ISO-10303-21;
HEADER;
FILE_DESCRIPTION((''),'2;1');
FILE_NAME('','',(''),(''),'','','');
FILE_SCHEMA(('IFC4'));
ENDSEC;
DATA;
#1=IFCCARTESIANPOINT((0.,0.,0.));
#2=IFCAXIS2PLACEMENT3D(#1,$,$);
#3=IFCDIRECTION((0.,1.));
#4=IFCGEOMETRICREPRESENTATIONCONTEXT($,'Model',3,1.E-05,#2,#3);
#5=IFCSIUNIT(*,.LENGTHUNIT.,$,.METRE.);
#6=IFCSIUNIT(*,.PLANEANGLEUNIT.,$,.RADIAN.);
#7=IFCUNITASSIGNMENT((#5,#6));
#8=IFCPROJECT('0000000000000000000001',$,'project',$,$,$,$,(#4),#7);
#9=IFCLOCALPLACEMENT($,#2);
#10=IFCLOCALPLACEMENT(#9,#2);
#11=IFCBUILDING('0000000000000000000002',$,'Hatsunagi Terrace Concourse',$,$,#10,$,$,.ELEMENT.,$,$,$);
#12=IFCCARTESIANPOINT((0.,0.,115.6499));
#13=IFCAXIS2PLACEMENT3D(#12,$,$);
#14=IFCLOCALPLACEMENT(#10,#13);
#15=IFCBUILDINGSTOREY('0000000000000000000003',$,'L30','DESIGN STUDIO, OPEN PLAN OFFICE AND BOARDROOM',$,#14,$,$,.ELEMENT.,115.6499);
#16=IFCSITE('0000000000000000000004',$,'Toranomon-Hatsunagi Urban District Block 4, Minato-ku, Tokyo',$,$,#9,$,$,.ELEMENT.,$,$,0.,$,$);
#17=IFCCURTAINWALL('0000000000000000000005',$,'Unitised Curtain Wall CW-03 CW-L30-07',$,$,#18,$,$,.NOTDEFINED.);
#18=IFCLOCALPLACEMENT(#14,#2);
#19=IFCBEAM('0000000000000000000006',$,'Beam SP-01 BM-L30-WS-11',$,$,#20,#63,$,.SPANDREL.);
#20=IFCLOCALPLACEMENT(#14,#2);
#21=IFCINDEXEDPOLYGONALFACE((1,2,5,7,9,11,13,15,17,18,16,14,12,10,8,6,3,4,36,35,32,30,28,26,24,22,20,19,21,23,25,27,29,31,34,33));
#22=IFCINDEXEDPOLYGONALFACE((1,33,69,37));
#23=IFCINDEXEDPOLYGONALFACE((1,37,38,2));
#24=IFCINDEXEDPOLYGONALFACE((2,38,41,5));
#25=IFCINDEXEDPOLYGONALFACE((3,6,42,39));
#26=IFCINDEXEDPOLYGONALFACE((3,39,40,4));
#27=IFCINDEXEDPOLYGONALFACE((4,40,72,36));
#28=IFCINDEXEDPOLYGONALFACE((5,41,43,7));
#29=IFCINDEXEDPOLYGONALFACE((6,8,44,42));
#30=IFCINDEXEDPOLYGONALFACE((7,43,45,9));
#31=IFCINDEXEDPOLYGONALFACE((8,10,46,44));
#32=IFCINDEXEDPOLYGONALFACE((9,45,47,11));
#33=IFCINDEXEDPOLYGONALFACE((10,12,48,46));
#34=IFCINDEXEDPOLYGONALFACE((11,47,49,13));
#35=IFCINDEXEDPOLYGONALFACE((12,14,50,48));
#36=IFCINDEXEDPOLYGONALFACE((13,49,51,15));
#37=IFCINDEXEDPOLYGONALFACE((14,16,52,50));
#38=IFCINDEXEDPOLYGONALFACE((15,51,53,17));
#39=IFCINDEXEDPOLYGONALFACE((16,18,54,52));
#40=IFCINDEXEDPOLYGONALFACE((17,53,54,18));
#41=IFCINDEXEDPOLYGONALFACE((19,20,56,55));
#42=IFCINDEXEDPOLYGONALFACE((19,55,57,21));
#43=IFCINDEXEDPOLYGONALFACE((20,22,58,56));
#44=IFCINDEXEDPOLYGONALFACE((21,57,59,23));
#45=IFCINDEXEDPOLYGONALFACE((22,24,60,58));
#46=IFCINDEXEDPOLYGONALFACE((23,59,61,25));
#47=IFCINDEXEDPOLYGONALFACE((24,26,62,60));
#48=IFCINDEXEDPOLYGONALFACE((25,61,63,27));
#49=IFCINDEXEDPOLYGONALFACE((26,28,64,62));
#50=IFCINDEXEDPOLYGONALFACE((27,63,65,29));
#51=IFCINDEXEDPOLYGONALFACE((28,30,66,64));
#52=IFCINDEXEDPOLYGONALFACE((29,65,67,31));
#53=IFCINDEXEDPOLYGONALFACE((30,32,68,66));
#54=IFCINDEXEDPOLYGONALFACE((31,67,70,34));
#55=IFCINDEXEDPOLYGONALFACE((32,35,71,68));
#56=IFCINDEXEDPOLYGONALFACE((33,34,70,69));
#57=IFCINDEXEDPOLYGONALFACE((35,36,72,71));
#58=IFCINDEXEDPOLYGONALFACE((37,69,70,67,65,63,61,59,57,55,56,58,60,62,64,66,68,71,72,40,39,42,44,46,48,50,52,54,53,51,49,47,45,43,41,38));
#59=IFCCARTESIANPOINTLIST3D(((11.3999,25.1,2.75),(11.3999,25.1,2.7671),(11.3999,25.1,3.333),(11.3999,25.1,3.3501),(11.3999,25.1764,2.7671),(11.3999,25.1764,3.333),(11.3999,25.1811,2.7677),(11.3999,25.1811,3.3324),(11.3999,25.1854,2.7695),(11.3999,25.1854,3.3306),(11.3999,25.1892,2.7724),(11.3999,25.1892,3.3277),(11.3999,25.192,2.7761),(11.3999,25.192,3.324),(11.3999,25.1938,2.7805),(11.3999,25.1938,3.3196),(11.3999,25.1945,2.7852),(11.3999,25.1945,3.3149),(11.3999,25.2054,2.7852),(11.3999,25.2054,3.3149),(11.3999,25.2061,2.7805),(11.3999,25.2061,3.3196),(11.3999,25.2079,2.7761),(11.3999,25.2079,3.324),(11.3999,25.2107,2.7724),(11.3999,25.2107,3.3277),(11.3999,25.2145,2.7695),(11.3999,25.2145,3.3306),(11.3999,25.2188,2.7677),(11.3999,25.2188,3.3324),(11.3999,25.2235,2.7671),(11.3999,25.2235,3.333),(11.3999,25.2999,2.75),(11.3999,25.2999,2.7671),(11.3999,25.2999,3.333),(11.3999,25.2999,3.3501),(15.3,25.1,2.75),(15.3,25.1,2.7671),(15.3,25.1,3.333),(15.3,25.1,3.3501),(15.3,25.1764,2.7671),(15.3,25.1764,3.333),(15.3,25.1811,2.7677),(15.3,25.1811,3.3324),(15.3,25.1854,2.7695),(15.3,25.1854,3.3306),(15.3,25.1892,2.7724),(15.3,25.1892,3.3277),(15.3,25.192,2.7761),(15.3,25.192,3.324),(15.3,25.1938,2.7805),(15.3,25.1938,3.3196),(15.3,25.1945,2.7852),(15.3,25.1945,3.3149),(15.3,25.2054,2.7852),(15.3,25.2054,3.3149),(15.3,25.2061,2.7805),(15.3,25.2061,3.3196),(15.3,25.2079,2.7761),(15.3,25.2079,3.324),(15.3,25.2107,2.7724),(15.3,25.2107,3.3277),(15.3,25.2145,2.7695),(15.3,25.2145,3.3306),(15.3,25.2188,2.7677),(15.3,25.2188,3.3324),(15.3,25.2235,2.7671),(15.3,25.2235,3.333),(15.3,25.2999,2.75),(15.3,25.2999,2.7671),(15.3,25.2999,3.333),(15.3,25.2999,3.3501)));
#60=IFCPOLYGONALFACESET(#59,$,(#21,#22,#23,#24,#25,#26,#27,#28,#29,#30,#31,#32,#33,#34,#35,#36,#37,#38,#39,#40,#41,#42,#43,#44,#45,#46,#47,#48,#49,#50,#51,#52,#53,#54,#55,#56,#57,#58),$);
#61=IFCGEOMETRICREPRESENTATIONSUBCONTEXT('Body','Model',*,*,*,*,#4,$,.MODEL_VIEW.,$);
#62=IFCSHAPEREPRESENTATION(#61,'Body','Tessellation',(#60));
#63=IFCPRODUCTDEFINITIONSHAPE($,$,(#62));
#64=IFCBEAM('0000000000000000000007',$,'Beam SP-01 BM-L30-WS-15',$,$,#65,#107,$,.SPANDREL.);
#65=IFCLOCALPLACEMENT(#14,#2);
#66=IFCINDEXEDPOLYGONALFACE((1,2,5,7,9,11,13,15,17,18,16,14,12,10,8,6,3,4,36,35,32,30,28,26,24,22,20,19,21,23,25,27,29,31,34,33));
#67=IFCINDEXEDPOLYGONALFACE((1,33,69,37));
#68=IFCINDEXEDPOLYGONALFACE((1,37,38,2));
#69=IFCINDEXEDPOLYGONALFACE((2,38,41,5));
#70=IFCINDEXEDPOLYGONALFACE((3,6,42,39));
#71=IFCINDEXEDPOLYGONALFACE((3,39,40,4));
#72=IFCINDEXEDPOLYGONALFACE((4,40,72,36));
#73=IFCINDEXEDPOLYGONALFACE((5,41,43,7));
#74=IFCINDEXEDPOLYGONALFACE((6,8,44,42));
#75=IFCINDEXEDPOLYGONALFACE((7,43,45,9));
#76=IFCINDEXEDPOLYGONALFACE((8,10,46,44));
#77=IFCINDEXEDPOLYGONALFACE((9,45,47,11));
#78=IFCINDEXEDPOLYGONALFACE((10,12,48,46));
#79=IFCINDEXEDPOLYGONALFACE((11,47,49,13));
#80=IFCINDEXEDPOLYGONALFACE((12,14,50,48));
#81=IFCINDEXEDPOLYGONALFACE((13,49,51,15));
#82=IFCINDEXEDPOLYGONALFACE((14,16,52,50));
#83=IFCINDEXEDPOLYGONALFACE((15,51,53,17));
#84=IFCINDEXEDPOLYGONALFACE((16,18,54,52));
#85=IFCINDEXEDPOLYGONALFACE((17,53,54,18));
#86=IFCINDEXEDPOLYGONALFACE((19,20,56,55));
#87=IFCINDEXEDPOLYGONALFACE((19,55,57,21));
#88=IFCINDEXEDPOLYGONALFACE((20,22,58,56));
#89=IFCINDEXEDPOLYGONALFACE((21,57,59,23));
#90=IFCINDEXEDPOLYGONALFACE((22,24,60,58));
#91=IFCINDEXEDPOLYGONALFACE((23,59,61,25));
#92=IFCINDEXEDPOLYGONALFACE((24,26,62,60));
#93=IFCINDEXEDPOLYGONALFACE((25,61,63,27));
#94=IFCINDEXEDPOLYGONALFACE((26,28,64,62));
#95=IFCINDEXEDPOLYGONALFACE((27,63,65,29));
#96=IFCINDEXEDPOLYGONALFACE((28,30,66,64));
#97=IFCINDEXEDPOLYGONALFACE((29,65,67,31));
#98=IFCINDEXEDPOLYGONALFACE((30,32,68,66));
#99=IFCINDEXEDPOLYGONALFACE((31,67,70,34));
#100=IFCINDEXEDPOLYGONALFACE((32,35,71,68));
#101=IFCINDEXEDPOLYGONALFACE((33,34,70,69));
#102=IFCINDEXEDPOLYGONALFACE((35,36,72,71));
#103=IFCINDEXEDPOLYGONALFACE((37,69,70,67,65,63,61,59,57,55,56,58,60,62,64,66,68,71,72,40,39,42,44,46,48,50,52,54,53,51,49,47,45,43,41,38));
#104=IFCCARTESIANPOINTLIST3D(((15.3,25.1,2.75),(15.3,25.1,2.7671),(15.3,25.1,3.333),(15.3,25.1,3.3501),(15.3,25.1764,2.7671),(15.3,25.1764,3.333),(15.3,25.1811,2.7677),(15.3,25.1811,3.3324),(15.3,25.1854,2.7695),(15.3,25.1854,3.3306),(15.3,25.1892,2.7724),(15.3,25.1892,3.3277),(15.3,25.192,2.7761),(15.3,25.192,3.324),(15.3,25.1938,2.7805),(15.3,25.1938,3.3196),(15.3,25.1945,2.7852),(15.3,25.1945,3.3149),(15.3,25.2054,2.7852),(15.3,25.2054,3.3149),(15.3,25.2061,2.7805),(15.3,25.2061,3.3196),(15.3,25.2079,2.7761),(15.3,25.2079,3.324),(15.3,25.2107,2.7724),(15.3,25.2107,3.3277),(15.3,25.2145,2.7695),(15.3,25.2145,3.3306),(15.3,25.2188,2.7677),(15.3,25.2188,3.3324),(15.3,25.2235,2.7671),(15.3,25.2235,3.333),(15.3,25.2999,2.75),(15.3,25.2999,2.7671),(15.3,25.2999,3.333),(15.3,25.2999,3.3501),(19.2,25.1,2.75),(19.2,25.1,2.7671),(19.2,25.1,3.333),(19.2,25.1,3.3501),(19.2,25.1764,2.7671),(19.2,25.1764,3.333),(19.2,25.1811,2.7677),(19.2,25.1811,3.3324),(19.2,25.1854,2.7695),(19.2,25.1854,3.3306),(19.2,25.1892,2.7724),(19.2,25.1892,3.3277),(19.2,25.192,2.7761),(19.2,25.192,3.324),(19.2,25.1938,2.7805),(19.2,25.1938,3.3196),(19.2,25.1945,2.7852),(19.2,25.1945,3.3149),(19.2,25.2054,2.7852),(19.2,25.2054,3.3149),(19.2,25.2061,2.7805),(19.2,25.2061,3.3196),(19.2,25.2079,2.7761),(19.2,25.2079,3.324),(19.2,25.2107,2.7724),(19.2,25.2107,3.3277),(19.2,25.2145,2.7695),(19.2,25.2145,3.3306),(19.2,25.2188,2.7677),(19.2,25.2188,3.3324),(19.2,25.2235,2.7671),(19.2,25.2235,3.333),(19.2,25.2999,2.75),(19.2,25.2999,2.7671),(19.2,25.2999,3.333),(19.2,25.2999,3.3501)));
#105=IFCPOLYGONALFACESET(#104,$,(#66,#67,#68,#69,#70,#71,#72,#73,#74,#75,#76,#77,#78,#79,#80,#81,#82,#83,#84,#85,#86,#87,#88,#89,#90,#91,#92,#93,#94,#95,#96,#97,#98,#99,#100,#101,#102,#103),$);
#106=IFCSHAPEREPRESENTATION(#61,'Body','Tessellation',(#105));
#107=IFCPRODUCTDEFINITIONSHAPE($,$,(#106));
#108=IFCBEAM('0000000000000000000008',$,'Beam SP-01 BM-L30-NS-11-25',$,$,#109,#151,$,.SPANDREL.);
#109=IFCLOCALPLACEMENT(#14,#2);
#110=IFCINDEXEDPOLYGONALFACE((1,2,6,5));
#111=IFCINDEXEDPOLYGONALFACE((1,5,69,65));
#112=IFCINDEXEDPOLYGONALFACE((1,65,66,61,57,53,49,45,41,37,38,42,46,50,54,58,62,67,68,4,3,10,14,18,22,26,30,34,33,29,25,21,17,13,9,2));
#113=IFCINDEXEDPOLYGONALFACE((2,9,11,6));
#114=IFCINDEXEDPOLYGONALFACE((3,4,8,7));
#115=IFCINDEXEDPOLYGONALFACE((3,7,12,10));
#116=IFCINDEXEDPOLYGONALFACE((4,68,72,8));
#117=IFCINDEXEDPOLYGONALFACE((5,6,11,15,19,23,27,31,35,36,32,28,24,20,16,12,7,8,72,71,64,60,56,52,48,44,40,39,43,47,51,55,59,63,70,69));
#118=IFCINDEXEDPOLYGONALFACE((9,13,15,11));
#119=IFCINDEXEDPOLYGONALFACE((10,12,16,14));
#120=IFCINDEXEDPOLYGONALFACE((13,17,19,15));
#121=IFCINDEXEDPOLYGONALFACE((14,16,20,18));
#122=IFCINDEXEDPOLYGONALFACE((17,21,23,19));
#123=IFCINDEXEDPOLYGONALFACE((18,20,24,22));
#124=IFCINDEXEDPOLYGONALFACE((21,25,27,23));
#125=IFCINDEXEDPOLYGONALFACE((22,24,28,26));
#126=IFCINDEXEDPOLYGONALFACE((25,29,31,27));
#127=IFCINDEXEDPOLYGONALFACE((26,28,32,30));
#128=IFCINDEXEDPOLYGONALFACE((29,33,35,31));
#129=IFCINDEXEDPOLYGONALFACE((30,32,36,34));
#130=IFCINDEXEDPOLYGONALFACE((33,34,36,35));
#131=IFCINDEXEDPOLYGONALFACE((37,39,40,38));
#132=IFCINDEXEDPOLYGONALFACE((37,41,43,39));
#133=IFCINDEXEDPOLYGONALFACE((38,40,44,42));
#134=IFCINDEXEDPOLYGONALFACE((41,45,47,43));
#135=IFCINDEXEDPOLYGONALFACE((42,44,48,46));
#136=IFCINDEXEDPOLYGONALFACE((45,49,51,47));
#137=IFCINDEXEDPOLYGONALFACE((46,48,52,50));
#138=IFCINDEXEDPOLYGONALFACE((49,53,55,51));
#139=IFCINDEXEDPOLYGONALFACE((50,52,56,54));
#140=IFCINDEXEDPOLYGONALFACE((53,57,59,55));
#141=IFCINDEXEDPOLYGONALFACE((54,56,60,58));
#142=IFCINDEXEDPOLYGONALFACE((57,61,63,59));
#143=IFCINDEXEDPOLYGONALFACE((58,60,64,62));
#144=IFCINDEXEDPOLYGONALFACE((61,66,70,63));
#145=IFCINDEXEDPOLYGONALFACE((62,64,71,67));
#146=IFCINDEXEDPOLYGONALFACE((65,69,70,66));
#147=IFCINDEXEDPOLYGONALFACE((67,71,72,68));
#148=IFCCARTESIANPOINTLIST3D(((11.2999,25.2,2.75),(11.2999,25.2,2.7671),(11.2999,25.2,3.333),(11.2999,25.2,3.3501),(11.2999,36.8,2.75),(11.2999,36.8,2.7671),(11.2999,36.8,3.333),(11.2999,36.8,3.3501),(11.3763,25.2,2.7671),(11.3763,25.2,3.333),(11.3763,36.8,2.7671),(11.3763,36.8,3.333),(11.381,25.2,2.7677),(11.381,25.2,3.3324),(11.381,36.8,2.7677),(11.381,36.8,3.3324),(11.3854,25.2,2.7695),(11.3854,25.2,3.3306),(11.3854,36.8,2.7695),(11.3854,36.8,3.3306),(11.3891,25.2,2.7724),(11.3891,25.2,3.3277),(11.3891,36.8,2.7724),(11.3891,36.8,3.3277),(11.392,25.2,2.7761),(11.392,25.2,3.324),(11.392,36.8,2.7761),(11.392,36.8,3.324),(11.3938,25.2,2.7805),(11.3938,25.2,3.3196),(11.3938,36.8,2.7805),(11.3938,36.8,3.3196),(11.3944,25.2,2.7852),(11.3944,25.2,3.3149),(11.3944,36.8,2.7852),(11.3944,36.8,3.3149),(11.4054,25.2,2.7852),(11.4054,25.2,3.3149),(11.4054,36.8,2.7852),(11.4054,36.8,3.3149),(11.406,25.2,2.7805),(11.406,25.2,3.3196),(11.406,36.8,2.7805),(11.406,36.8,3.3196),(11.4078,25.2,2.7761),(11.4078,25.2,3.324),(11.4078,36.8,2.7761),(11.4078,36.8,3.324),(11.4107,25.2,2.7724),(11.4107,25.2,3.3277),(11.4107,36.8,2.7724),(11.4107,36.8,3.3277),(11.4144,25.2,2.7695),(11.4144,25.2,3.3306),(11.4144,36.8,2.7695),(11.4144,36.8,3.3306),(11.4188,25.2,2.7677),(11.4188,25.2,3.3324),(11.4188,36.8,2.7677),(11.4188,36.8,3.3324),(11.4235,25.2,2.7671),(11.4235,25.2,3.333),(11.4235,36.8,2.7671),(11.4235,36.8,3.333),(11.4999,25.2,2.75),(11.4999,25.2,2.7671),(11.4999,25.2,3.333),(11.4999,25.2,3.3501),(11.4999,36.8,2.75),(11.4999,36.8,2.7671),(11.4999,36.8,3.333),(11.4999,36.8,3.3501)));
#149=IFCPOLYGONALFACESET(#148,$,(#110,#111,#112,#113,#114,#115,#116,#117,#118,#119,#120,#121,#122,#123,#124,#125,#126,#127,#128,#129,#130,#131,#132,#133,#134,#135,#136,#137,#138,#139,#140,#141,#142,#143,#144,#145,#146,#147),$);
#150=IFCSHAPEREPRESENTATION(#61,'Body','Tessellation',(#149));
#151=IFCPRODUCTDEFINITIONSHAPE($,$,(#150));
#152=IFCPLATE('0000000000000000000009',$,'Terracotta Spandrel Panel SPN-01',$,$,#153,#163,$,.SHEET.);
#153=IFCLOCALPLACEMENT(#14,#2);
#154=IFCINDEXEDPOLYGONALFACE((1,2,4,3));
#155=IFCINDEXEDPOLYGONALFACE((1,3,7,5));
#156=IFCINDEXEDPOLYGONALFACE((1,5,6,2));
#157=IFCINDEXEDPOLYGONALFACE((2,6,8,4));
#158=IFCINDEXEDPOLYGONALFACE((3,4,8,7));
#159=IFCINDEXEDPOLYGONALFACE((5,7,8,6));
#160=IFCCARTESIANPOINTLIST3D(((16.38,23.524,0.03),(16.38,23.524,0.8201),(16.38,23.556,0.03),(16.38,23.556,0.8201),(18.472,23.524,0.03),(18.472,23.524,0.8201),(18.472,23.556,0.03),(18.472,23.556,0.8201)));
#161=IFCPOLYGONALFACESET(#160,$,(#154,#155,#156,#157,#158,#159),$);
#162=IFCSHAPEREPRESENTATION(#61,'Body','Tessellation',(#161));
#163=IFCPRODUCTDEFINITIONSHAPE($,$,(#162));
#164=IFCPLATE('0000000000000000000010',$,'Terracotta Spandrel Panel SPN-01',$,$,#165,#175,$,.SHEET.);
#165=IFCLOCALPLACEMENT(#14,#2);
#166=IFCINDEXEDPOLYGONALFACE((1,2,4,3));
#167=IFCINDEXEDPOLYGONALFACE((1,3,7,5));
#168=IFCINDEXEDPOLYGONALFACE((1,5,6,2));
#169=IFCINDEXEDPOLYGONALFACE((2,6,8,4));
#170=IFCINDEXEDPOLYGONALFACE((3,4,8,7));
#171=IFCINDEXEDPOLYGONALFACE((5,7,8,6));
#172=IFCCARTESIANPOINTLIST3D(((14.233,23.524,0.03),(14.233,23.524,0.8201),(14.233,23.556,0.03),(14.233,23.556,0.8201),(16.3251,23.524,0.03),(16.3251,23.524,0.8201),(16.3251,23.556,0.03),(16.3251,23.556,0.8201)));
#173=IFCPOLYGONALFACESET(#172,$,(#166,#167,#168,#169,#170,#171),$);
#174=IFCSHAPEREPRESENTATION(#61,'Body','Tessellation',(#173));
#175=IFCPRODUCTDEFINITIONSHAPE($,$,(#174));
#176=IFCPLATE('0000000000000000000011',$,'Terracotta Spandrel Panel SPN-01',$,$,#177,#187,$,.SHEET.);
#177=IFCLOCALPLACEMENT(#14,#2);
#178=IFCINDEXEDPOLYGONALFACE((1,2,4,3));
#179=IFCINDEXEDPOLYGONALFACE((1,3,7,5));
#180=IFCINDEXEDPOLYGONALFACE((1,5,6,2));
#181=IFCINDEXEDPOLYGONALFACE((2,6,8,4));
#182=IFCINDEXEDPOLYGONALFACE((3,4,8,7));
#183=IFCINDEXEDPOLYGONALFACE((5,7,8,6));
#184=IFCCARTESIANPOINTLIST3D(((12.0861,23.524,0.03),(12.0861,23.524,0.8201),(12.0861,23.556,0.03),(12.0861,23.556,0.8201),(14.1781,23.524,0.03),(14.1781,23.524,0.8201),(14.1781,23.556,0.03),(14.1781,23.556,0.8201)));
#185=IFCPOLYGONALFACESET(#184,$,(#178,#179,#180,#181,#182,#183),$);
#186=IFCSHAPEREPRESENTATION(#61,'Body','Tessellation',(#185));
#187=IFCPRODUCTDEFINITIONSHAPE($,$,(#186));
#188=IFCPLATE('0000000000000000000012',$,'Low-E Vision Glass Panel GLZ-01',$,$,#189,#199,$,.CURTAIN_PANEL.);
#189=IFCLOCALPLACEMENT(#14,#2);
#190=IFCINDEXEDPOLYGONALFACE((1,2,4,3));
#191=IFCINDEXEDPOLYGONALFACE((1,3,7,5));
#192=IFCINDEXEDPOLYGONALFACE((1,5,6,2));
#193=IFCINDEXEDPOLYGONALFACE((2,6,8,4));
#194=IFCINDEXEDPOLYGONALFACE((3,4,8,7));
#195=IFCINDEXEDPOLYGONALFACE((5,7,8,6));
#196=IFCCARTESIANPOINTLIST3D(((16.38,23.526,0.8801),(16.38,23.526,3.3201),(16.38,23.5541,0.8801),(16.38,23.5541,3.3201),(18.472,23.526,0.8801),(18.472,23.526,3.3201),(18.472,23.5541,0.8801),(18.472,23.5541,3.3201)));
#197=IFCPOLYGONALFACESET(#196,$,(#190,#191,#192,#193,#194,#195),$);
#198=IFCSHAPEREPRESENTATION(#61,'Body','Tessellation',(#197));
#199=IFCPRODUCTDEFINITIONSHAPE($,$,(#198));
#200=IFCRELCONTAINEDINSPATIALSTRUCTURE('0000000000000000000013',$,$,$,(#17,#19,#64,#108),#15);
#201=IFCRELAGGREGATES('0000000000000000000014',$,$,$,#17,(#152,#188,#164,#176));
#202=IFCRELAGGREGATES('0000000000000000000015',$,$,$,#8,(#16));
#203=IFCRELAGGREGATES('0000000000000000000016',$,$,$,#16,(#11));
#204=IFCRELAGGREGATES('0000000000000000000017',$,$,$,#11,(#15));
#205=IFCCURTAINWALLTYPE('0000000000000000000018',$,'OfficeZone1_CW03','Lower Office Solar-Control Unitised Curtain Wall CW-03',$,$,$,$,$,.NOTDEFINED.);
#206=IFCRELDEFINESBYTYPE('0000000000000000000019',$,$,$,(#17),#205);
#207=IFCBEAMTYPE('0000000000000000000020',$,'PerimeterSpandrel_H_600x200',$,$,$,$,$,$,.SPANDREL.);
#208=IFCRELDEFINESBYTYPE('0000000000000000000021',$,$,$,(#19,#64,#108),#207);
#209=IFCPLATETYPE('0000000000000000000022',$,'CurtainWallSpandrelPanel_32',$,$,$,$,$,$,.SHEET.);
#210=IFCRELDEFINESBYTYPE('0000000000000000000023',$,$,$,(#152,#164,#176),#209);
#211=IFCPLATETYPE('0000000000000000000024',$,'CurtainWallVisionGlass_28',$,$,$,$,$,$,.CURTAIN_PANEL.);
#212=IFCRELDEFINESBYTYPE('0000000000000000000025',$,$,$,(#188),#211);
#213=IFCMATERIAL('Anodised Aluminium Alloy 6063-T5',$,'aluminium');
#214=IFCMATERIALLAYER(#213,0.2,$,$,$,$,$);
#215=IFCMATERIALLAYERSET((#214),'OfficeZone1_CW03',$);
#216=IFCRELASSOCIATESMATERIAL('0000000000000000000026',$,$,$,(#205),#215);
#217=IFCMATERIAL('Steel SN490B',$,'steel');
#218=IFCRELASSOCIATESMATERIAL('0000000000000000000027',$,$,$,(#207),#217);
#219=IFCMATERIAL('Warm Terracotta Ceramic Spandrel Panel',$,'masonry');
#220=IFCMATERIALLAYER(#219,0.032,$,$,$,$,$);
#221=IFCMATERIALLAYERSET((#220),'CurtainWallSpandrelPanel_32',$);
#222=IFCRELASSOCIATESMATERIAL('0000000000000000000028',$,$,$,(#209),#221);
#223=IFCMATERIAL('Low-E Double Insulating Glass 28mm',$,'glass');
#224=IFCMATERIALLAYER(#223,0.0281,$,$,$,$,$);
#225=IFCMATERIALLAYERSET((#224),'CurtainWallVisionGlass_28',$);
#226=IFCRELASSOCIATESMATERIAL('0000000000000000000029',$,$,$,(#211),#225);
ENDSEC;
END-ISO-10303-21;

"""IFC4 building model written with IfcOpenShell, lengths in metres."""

from ifc_helpers import new_model, si_unit, direction, frame, origin, origin_2d, place, context, subcontext, project, spatial, rectangle, i_section, extrude, material, layer, layer_set, material_profile, profile_set, type_object, element, aggregate, save


model = new_model("IFC4")

# Units and contexts
model_context = context("Model", 3, precision=1e-05, world=origin(), true_north=direction((0.0, 1.0)))
body_context = subcontext(model_context, "Body", "Model", "MODEL_VIEW")
ifc_project = project(units=[si_unit("LENGTHUNIT", "METRE"), si_unit("PLANEANGLEUNIT", "RADIAN")], contexts=[model_context])

# Site, building, storey
site_placement = place(None, origin())
site = spatial("IfcSite", under=ifc_project, at=site_placement, Name="Toranomon-Hatsunagi Urban District Block 4, Minato-ku, Tokyo", CompositionType="ELEMENT", RefElevation=0.0)
building_placement = place(site_placement, origin())
building = spatial("IfcBuilding", under=site, at=building_placement, Name="Hatsunagi Terrace Concourse", CompositionType="ELEMENT")
storey_placement = place(building_placement, frame((0.0, 0.0, 115.6499)))
storey = spatial("IfcBuildingStorey", under=building, at=storey_placement, Name="L30", Description="DESIGN STUDIO, OPEN PLAN OFFICE AND BOARDROOM", CompositionType="ELEMENT", Elevation=115.6499)

# Curtain wall
ifc_material_1 = material(Name="Anodised Aluminium Alloy 6063-T5", Category="aluminium")
ifc_layer_1 = layer(ifc_material_1, 0.2)
ifc_layer_set_1 = layer_set([ifc_layer_1], Name="OfficeZone1_CW03")
curtain_wall_type = type_object("IfcCurtainWallType", Name="OfficeZone1_CW03", Description="Lower Office Solar-Control Unitised Curtain Wall CW-03", PredefinedType="NOTDEFINED", material=ifc_layer_set_1)
curtain_wall_placement = place(storey_placement, origin())
curtain_wall = element("IfcCurtainWall", 1, at=curtain_wall_placement, inside=storey, type_object=curtain_wall_type, Name="Unitised Curtain Wall CW-03 CW-L30-07", PredefinedType="NOTDEFINED")

# Beams
ifc_material_2 = material(Name="Steel SN490B", Category="steel")
ifc_material_profile_1 = material_profile(ifc_material_2, i_section(OverallWidth=0.2, OverallDepth=0.6001, WebThickness=0.011, FlangeThickness=0.0171, FilletRadius=0.0181, at=origin_2d()), Name="H-600x200x11x17")
ifc_profile_set_1 = profile_set([ifc_material_profile_1], Name="Steel SN490B")
beam_type = type_object("IfcBeamType", Name="PerimeterSpandrel_H_600x200", PredefinedType="SPANDREL", material=ifc_profile_set_1)
beam_1_placement = place(storey_placement, frame((11.3999, 25.2, 3.05), z_axis=(1.0, 0.0, 0.0), x_axis=(0.0, 1.0, 0.0)))
element("IfcBeam", 2, at=beam_1_placement, inside=storey, type_object=beam_type, Name="Beam SP-01 BM-L30-WS-11", PredefinedType="SPANDREL", context=body_context, shape_type="SweptSolid", body=[
    extrude(i_section(OverallWidth=0.2, OverallDepth=0.6001, WebThickness=0.011, FlangeThickness=0.0171, FilletRadius=0.0181, at=origin_2d()), origin(), (0.0, 0.0, 1.0), 3.9001),
])
beam_2_placement = place(storey_placement, frame((15.3, 25.2, 3.05), z_axis=(1.0, 0.0, 0.0), x_axis=(0.0, 1.0, 0.0)))
element("IfcBeam", 3, at=beam_2_placement, inside=storey, type_object=beam_type, Name="Beam SP-01 BM-L30-WS-15", PredefinedType="SPANDREL", context=body_context, shape_type="SweptSolid", body=[
    extrude(i_section(OverallWidth=0.2, OverallDepth=0.6001, WebThickness=0.011, FlangeThickness=0.0171, FilletRadius=0.0181, at=origin_2d()), origin(), (0.0, 0.0, 1.0), 3.8999),
])
beam_3_placement = place(storey_placement, frame((11.3999, 25.2, 3.05), z_axis=(0.0, 1.0, 0.0), x_axis=(-1.0, 0.0, 0.0)))
element("IfcBeam", 4, at=beam_3_placement, inside=storey, type_object=beam_type, Name="Beam SP-01 BM-L30-NS-11-25", PredefinedType="SPANDREL", context=body_context, shape_type="SweptSolid", body=[
    extrude(i_section(OverallWidth=0.2, OverallDepth=0.6001, WebThickness=0.011, FlangeThickness=0.0171, FilletRadius=0.0181, at=origin_2d()), origin(), (0.0, 0.0, 1.0), 11.6001),
])

# Plates
ifc_material_3 = material(Name="Warm Terracotta Ceramic Spandrel Panel", Category="masonry")
ifc_layer_2 = layer(ifc_material_3, 0.032)
ifc_layer_set_2 = layer_set([ifc_layer_2], Name="CurtainWallSpandrelPanel_32")
plate_type_1 = type_object("IfcPlateType", Name="CurtainWallSpandrelPanel_32", PredefinedType="SHEET", material=ifc_layer_set_2)
plate_1_placement = place(storey_placement, frame((17.426, 23.54, 0.03), z_axis=(0.0, 0.0, 1.0), x_axis=(-1.0, 0.0, 0.0)))
plate_1 = element("IfcPlate", 5, at=plate_1_placement, type_object=plate_type_1, Name="Terracotta Spandrel Panel SPN-01", PredefinedType="SHEET", context=body_context, shape_type="SweptSolid", body=[
    extrude(rectangle(XDim=2.092, YDim=0.032, at=origin_2d()), origin(), (0.0, 0.0, 1.0), 0.79),
])
plate_2_placement = place(storey_placement, frame((15.2791, 23.54, 0.03), z_axis=(0.0, 0.0, 1.0), x_axis=(-1.0, 0.0, 0.0)))
plate_2 = element("IfcPlate", 6, at=plate_2_placement, type_object=plate_type_1, Name="Terracotta Spandrel Panel SPN-01", PredefinedType="SHEET", context=body_context, shape_type="SweptSolid", body=[
    extrude(rectangle(XDim=2.092, YDim=0.032, at=origin_2d()), origin(), (0.0, 0.0, 1.0), 0.79),
])
plate_3_placement = place(storey_placement, frame((13.1321, 23.54, 0.03), z_axis=(0.0, 0.0, 1.0), x_axis=(-1.0, 0.0, 0.0)))
plate_3 = element("IfcPlate", 7, at=plate_3_placement, type_object=plate_type_1, Name="Terracotta Spandrel Panel SPN-01", PredefinedType="SHEET", context=body_context, shape_type="SweptSolid", body=[
    extrude(rectangle(XDim=2.092, YDim=0.032, at=origin_2d()), origin(), (0.0, 0.0, 1.0), 0.79),
])
ifc_material_4 = material(Name="Low-E Double Insulating Glass 28mm", Category="glass")
ifc_layer_3 = layer(ifc_material_4, 0.0281)
ifc_layer_set_3 = layer_set([ifc_layer_3], Name="CurtainWallVisionGlass_28")
plate_type_2 = type_object("IfcPlateType", Name="CurtainWallVisionGlass_28", PredefinedType="CURTAIN_PANEL", material=ifc_layer_set_3)
plate_4_placement = place(storey_placement, frame((17.426, 23.54, 0.8801), z_axis=(0.0, 0.0, 1.0), x_axis=(-1.0, 0.0, 0.0)))
plate_4 = element("IfcPlate", 8, at=plate_4_placement, type_object=plate_type_2, Name="Low-E Vision Glass Panel GLZ-01", PredefinedType="CURTAIN_PANEL", context=body_context, shape_type="SweptSolid", body=[
    extrude(rectangle(XDim=2.092, YDim=0.0281, at=origin_2d()), origin(), (0.0, 0.0, 1.0), 2.4399),
])
aggregate(curtain_wall, [plate_1, plate_4, plate_2, plate_3])

save(model, "model.ifc")
